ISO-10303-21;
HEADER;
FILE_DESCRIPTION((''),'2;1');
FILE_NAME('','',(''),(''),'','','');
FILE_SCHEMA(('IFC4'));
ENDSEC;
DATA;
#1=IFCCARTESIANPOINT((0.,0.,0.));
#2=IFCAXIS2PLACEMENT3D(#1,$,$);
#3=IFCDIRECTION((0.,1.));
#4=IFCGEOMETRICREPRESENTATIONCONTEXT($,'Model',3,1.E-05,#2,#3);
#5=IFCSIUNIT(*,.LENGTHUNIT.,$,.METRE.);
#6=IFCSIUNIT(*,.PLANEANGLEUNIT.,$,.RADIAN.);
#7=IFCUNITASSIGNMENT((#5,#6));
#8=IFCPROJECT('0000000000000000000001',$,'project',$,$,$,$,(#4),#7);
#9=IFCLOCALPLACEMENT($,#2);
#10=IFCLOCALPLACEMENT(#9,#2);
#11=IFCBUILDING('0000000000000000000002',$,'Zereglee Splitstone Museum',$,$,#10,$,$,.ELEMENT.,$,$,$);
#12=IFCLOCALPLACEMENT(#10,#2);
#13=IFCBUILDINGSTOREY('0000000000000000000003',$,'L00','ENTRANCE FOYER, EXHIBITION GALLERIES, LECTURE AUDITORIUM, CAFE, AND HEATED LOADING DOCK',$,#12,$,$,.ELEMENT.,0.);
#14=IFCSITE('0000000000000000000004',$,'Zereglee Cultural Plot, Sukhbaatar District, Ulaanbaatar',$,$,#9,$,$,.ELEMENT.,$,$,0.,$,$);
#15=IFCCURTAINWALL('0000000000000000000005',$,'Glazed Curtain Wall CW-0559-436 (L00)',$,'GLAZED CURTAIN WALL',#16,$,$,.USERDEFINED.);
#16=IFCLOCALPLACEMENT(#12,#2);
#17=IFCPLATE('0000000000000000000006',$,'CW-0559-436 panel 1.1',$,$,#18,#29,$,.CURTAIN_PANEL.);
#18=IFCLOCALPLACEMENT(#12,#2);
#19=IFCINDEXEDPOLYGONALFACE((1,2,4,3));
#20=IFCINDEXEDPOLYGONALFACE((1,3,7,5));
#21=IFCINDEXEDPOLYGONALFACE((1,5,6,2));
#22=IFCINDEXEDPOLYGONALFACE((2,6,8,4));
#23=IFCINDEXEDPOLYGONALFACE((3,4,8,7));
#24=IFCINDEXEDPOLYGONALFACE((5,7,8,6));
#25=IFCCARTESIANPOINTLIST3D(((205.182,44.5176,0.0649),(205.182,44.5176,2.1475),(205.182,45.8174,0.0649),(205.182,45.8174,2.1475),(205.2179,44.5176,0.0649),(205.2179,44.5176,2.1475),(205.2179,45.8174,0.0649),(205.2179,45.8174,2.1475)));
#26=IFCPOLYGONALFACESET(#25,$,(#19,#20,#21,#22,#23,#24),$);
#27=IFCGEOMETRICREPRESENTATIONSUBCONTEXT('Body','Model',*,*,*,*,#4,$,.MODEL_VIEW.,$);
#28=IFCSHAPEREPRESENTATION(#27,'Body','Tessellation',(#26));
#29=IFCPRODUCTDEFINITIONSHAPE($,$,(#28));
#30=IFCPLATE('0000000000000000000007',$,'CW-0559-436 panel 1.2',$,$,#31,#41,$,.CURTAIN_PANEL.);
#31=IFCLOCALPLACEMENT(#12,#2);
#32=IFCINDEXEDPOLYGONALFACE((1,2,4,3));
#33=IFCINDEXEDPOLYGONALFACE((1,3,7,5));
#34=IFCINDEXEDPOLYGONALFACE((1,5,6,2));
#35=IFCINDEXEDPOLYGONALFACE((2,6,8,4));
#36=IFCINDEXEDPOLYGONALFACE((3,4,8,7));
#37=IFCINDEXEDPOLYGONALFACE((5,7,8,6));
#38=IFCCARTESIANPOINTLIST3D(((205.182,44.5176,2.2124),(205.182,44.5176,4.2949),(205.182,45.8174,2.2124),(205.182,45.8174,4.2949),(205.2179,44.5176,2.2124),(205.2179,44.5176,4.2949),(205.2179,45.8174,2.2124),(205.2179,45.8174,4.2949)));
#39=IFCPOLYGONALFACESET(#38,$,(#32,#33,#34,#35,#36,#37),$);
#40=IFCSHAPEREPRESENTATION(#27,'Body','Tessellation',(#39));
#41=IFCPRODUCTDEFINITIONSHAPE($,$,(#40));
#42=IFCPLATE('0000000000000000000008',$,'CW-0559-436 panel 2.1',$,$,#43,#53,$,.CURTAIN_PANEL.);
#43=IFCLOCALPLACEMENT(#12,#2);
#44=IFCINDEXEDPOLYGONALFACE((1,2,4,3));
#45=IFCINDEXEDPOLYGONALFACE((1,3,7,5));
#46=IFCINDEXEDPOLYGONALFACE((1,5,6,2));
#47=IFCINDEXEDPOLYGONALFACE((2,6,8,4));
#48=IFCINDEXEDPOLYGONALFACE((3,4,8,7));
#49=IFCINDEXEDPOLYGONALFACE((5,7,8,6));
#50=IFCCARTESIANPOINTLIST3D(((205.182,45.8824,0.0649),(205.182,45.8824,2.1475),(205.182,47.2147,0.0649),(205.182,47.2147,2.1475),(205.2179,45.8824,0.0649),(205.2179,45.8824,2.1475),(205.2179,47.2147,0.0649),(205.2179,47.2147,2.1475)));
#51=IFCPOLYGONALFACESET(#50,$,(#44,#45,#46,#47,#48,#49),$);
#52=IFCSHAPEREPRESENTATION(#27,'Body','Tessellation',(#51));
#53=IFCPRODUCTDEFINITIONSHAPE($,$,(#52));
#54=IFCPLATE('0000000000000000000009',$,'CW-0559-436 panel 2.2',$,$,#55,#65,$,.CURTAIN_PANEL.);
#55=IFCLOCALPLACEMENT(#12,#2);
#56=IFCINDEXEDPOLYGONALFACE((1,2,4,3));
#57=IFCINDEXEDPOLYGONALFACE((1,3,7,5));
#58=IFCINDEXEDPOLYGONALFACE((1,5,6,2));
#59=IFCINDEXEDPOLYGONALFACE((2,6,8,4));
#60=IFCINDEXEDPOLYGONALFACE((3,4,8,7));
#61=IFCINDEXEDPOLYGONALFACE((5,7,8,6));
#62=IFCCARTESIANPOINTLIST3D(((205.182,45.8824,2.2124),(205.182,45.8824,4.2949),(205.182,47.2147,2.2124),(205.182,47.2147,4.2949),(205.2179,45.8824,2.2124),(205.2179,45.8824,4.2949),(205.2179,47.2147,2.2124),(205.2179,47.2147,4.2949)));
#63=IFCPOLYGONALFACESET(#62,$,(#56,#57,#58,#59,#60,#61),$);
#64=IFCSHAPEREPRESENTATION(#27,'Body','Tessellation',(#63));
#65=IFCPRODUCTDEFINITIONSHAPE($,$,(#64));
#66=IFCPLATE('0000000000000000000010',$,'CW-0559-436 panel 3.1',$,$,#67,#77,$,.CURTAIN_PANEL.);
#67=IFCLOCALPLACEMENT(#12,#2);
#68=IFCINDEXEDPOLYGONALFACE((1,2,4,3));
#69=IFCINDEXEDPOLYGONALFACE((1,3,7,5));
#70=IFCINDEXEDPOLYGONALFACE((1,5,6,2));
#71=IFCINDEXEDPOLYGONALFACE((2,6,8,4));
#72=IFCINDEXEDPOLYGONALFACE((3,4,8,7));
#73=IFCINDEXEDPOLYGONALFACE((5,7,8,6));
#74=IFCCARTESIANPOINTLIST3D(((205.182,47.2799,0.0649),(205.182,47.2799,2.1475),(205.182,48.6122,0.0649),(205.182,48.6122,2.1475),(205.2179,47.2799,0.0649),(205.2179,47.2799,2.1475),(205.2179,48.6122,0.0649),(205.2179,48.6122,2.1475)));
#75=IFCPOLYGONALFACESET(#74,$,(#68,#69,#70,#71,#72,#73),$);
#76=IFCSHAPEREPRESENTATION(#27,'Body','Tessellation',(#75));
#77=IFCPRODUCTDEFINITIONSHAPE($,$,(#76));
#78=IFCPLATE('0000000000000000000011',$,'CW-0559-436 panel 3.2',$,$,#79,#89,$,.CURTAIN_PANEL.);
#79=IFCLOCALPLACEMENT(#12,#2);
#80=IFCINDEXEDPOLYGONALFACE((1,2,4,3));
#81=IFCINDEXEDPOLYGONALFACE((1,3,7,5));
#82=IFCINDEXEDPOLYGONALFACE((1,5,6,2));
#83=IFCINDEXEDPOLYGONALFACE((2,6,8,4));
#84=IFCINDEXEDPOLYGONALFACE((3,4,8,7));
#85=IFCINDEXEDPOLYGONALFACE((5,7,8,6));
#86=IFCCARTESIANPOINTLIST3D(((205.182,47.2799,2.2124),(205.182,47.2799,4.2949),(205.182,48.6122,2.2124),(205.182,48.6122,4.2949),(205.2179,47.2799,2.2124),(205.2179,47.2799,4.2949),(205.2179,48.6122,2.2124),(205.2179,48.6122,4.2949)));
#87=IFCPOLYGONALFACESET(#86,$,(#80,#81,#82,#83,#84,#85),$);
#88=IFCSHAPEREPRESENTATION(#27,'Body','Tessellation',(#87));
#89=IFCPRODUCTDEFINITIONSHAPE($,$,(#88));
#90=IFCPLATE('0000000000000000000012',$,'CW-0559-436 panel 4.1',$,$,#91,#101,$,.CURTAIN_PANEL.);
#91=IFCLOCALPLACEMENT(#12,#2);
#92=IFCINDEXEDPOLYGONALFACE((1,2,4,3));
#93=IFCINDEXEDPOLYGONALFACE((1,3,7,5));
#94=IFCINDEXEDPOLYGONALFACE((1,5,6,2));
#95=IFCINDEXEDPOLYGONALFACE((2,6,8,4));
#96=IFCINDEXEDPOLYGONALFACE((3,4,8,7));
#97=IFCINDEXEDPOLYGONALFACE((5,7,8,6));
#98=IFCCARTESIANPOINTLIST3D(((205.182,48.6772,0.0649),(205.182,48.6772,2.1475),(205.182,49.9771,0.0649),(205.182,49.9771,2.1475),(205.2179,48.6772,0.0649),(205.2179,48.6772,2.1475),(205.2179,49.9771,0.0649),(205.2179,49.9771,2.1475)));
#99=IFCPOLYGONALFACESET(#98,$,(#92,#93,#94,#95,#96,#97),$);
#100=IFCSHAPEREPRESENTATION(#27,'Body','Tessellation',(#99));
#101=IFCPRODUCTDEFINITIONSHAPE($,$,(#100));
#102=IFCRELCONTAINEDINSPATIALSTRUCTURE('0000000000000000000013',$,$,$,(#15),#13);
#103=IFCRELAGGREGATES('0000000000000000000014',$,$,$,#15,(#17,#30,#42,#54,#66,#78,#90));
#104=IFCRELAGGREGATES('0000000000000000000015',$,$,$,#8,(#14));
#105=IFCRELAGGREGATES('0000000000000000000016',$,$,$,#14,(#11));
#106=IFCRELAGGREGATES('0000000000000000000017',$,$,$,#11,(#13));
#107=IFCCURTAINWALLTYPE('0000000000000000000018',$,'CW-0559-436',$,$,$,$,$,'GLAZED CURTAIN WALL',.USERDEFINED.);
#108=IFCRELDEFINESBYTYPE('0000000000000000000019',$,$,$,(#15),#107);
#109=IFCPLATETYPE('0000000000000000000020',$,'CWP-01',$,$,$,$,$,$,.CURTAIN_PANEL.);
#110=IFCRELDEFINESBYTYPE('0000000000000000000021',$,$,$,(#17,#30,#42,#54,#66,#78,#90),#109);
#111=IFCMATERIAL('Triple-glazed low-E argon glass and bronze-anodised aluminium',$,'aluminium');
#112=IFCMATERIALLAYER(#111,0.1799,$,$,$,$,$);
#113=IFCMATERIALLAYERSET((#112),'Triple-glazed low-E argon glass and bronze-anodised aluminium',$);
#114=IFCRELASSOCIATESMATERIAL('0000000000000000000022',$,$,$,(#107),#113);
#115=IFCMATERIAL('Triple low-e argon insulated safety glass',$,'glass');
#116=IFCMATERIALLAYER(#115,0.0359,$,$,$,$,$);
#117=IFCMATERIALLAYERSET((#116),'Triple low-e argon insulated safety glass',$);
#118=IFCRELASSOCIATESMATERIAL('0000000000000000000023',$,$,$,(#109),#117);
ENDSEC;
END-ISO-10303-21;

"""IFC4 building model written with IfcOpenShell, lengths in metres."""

from ifc_helpers import new_model, si_unit, direction, frame, origin, origin_2d, place, context, subcontext, project, spatial, rectangle, extrude, material, layer, layer_set, type_object, element, aggregate, save


model = new_model("IFC4")

# Units and contexts
model_context = context("Model", 3, precision=1e-05, world=origin(), true_north=direction((0.0, 1.0)))
body_context = subcontext(model_context, "Body", "Model", "MODEL_VIEW")
ifc_project = project(units=[si_unit("LENGTHUNIT", "METRE"), si_unit("PLANEANGLEUNIT", "RADIAN")], contexts=[model_context])

# Site, building, storey
site_placement = place(None, origin())
site = spatial("IfcSite", under=ifc_project, at=site_placement, Name="Zereglee Cultural Plot, Sukhbaatar District, Ulaanbaatar", CompositionType="ELEMENT", RefElevation=0.0)
building_placement = place(site_placement, origin())
building = spatial("IfcBuilding", under=site, at=building_placement, Name="Zereglee Splitstone Museum", CompositionType="ELEMENT")
storey_placement = place(building_placement, origin())
storey = spatial("IfcBuildingStorey", under=building, at=storey_placement, Name="L00", Description="ENTRANCE FOYER, EXHIBITION GALLERIES, LECTURE AUDITORIUM, CAFE, AND HEATED LOADING DOCK", CompositionType="ELEMENT", Elevation=0.0)

# Curtain wall, plates
ifc_material_1 = material(Name="Triple-glazed low-E argon glass and bronze-anodised aluminium", Category="aluminium")
ifc_layer_1 = layer(ifc_material_1, 0.1799)
ifc_layer_set_1 = layer_set([ifc_layer_1], Name="Triple-glazed low-E argon glass and bronze-anodised aluminium")
curtain_wall_type = type_object("IfcCurtainWallType", Name="CW-0559-436", ElementType="GLAZED CURTAIN WALL", PredefinedType="USERDEFINED", material=ifc_layer_set_1)
curtain_wall_placement = place(storey_placement, origin())
curtain_wall = element("IfcCurtainWall", 1, at=curtain_wall_placement, inside=storey, type_object=curtain_wall_type, Name="Glazed Curtain Wall CW-0559-436 (L00)", ObjectType="GLAZED CURTAIN WALL", PredefinedType="USERDEFINED")
ifc_material_2 = material(Name="Triple low-e argon insulated safety glass", Category="glass")
ifc_layer_2 = layer(ifc_material_2, 0.0359)
ifc_layer_set_2 = layer_set([ifc_layer_2], Name="Triple low-e argon insulated safety glass")
plate_type = type_object("IfcPlateType", Name="CWP-01", PredefinedType="CURTAIN_PANEL", material=ifc_layer_set_2)
plate_1_placement = place(storey_placement, frame((205.2, 45.1675, 0.0649), z_axis=(0.0, 0.0, 1.0), x_axis=(0.0, 1.0, 0.0)))
plate_1 = element("IfcPlate", 2, at=plate_1_placement, type_object=plate_type, Name="CW-0559-436 panel 1.1", PredefinedType="CURTAIN_PANEL", context=body_context, shape_type="SweptSolid", body=[
    extrude(rectangle(XDim=1.2998, YDim=0.0359, at=origin_2d()), origin(), (0.0, 0.0, 1.0), 2.0825),
])
plate_2_placement = place(storey_placement, frame((205.2, 45.1675, 2.2124), z_axis=(0.0, 0.0, 1.0), x_axis=(0.0, 1.0, 0.0)))
plate_2 = element("IfcPlate", 3, at=plate_2_placement, type_object=plate_type, Name="CW-0559-436 panel 1.2", PredefinedType="CURTAIN_PANEL", context=body_context, shape_type="SweptSolid", body=[
    extrude(rectangle(XDim=1.2998, YDim=0.0359, at=origin_2d()), origin(), (0.0, 0.0, 1.0), 2.0825),
])
plate_3_placement = place(storey_placement, frame((205.2, 46.5486, 0.0649), z_axis=(0.0, 0.0, 1.0), x_axis=(0.0, 1.0, 0.0)))
plate_3 = element("IfcPlate", 4, at=plate_3_placement, type_object=plate_type, Name="CW-0559-436 panel 2.1", PredefinedType="CURTAIN_PANEL", context=body_context, shape_type="SweptSolid", body=[
    extrude(rectangle(XDim=1.3323, YDim=0.0359, at=origin_2d()), origin(), (0.0, 0.0, 1.0), 2.0825),
])
plate_4_placement = place(storey_placement, frame((205.2, 46.5486, 2.2124), z_axis=(0.0, 0.0, 1.0), x_axis=(0.0, 1.0, 0.0)))
plate_4 = element("IfcPlate", 5, at=plate_4_placement, type_object=plate_type, Name="CW-0559-436 panel 2.2", PredefinedType="CURTAIN_PANEL", context=body_context, shape_type="SweptSolid", body=[
    extrude(rectangle(XDim=1.3323, YDim=0.0359, at=origin_2d()), origin(), (0.0, 0.0, 1.0), 2.0825),
])
plate_5_placement = place(storey_placement, frame((205.2, 47.946, 0.0649), z_axis=(0.0, 0.0, 1.0), x_axis=(0.0, 1.0, 0.0)))
plate_5 = element("IfcPlate", 6, at=plate_5_placement, type_object=plate_type, Name="CW-0559-436 panel 3.1", PredefinedType="CURTAIN_PANEL", context=body_context, shape_type="SweptSolid", body=[
    extrude(rectangle(XDim=1.3323, YDim=0.0359, at=origin_2d()), origin(), (0.0, 0.0, 1.0), 2.0825),
])
plate_6_placement = place(storey_placement, frame((205.2, 47.946, 2.2124), z_axis=(0.0, 0.0, 1.0), x_axis=(0.0, 1.0, 0.0)))
plate_6 = element("IfcPlate", 7, at=plate_6_placement, type_object=plate_type, Name="CW-0559-436 panel 3.2", PredefinedType="CURTAIN_PANEL", context=body_context, shape_type="SweptSolid", body=[
    extrude(rectangle(XDim=1.3323, YDim=0.0359, at=origin_2d()), origin(), (0.0, 0.0, 1.0), 2.0825),
])
plate_7_placement = place(storey_placement, frame((205.2, 49.3271, 0.0649), z_axis=(0.0, 0.0, 1.0), x_axis=(0.0, 1.0, 0.0)))
plate_7 = element("IfcPlate", 8, at=plate_7_placement, type_object=plate_type, Name="CW-0559-436 panel 4.1", PredefinedType="CURTAIN_PANEL", context=body_context, shape_type="SweptSolid", body=[
    extrude(rectangle(XDim=1.2998, YDim=0.0359, at=origin_2d()), origin(), (0.0, 0.0, 1.0), 2.0825),
])
aggregate(curtain_wall, [plate_1, plate_2, plate_3, plate_4, plate_5, plate_6, plate_7])

save(model, "model.ifc")
